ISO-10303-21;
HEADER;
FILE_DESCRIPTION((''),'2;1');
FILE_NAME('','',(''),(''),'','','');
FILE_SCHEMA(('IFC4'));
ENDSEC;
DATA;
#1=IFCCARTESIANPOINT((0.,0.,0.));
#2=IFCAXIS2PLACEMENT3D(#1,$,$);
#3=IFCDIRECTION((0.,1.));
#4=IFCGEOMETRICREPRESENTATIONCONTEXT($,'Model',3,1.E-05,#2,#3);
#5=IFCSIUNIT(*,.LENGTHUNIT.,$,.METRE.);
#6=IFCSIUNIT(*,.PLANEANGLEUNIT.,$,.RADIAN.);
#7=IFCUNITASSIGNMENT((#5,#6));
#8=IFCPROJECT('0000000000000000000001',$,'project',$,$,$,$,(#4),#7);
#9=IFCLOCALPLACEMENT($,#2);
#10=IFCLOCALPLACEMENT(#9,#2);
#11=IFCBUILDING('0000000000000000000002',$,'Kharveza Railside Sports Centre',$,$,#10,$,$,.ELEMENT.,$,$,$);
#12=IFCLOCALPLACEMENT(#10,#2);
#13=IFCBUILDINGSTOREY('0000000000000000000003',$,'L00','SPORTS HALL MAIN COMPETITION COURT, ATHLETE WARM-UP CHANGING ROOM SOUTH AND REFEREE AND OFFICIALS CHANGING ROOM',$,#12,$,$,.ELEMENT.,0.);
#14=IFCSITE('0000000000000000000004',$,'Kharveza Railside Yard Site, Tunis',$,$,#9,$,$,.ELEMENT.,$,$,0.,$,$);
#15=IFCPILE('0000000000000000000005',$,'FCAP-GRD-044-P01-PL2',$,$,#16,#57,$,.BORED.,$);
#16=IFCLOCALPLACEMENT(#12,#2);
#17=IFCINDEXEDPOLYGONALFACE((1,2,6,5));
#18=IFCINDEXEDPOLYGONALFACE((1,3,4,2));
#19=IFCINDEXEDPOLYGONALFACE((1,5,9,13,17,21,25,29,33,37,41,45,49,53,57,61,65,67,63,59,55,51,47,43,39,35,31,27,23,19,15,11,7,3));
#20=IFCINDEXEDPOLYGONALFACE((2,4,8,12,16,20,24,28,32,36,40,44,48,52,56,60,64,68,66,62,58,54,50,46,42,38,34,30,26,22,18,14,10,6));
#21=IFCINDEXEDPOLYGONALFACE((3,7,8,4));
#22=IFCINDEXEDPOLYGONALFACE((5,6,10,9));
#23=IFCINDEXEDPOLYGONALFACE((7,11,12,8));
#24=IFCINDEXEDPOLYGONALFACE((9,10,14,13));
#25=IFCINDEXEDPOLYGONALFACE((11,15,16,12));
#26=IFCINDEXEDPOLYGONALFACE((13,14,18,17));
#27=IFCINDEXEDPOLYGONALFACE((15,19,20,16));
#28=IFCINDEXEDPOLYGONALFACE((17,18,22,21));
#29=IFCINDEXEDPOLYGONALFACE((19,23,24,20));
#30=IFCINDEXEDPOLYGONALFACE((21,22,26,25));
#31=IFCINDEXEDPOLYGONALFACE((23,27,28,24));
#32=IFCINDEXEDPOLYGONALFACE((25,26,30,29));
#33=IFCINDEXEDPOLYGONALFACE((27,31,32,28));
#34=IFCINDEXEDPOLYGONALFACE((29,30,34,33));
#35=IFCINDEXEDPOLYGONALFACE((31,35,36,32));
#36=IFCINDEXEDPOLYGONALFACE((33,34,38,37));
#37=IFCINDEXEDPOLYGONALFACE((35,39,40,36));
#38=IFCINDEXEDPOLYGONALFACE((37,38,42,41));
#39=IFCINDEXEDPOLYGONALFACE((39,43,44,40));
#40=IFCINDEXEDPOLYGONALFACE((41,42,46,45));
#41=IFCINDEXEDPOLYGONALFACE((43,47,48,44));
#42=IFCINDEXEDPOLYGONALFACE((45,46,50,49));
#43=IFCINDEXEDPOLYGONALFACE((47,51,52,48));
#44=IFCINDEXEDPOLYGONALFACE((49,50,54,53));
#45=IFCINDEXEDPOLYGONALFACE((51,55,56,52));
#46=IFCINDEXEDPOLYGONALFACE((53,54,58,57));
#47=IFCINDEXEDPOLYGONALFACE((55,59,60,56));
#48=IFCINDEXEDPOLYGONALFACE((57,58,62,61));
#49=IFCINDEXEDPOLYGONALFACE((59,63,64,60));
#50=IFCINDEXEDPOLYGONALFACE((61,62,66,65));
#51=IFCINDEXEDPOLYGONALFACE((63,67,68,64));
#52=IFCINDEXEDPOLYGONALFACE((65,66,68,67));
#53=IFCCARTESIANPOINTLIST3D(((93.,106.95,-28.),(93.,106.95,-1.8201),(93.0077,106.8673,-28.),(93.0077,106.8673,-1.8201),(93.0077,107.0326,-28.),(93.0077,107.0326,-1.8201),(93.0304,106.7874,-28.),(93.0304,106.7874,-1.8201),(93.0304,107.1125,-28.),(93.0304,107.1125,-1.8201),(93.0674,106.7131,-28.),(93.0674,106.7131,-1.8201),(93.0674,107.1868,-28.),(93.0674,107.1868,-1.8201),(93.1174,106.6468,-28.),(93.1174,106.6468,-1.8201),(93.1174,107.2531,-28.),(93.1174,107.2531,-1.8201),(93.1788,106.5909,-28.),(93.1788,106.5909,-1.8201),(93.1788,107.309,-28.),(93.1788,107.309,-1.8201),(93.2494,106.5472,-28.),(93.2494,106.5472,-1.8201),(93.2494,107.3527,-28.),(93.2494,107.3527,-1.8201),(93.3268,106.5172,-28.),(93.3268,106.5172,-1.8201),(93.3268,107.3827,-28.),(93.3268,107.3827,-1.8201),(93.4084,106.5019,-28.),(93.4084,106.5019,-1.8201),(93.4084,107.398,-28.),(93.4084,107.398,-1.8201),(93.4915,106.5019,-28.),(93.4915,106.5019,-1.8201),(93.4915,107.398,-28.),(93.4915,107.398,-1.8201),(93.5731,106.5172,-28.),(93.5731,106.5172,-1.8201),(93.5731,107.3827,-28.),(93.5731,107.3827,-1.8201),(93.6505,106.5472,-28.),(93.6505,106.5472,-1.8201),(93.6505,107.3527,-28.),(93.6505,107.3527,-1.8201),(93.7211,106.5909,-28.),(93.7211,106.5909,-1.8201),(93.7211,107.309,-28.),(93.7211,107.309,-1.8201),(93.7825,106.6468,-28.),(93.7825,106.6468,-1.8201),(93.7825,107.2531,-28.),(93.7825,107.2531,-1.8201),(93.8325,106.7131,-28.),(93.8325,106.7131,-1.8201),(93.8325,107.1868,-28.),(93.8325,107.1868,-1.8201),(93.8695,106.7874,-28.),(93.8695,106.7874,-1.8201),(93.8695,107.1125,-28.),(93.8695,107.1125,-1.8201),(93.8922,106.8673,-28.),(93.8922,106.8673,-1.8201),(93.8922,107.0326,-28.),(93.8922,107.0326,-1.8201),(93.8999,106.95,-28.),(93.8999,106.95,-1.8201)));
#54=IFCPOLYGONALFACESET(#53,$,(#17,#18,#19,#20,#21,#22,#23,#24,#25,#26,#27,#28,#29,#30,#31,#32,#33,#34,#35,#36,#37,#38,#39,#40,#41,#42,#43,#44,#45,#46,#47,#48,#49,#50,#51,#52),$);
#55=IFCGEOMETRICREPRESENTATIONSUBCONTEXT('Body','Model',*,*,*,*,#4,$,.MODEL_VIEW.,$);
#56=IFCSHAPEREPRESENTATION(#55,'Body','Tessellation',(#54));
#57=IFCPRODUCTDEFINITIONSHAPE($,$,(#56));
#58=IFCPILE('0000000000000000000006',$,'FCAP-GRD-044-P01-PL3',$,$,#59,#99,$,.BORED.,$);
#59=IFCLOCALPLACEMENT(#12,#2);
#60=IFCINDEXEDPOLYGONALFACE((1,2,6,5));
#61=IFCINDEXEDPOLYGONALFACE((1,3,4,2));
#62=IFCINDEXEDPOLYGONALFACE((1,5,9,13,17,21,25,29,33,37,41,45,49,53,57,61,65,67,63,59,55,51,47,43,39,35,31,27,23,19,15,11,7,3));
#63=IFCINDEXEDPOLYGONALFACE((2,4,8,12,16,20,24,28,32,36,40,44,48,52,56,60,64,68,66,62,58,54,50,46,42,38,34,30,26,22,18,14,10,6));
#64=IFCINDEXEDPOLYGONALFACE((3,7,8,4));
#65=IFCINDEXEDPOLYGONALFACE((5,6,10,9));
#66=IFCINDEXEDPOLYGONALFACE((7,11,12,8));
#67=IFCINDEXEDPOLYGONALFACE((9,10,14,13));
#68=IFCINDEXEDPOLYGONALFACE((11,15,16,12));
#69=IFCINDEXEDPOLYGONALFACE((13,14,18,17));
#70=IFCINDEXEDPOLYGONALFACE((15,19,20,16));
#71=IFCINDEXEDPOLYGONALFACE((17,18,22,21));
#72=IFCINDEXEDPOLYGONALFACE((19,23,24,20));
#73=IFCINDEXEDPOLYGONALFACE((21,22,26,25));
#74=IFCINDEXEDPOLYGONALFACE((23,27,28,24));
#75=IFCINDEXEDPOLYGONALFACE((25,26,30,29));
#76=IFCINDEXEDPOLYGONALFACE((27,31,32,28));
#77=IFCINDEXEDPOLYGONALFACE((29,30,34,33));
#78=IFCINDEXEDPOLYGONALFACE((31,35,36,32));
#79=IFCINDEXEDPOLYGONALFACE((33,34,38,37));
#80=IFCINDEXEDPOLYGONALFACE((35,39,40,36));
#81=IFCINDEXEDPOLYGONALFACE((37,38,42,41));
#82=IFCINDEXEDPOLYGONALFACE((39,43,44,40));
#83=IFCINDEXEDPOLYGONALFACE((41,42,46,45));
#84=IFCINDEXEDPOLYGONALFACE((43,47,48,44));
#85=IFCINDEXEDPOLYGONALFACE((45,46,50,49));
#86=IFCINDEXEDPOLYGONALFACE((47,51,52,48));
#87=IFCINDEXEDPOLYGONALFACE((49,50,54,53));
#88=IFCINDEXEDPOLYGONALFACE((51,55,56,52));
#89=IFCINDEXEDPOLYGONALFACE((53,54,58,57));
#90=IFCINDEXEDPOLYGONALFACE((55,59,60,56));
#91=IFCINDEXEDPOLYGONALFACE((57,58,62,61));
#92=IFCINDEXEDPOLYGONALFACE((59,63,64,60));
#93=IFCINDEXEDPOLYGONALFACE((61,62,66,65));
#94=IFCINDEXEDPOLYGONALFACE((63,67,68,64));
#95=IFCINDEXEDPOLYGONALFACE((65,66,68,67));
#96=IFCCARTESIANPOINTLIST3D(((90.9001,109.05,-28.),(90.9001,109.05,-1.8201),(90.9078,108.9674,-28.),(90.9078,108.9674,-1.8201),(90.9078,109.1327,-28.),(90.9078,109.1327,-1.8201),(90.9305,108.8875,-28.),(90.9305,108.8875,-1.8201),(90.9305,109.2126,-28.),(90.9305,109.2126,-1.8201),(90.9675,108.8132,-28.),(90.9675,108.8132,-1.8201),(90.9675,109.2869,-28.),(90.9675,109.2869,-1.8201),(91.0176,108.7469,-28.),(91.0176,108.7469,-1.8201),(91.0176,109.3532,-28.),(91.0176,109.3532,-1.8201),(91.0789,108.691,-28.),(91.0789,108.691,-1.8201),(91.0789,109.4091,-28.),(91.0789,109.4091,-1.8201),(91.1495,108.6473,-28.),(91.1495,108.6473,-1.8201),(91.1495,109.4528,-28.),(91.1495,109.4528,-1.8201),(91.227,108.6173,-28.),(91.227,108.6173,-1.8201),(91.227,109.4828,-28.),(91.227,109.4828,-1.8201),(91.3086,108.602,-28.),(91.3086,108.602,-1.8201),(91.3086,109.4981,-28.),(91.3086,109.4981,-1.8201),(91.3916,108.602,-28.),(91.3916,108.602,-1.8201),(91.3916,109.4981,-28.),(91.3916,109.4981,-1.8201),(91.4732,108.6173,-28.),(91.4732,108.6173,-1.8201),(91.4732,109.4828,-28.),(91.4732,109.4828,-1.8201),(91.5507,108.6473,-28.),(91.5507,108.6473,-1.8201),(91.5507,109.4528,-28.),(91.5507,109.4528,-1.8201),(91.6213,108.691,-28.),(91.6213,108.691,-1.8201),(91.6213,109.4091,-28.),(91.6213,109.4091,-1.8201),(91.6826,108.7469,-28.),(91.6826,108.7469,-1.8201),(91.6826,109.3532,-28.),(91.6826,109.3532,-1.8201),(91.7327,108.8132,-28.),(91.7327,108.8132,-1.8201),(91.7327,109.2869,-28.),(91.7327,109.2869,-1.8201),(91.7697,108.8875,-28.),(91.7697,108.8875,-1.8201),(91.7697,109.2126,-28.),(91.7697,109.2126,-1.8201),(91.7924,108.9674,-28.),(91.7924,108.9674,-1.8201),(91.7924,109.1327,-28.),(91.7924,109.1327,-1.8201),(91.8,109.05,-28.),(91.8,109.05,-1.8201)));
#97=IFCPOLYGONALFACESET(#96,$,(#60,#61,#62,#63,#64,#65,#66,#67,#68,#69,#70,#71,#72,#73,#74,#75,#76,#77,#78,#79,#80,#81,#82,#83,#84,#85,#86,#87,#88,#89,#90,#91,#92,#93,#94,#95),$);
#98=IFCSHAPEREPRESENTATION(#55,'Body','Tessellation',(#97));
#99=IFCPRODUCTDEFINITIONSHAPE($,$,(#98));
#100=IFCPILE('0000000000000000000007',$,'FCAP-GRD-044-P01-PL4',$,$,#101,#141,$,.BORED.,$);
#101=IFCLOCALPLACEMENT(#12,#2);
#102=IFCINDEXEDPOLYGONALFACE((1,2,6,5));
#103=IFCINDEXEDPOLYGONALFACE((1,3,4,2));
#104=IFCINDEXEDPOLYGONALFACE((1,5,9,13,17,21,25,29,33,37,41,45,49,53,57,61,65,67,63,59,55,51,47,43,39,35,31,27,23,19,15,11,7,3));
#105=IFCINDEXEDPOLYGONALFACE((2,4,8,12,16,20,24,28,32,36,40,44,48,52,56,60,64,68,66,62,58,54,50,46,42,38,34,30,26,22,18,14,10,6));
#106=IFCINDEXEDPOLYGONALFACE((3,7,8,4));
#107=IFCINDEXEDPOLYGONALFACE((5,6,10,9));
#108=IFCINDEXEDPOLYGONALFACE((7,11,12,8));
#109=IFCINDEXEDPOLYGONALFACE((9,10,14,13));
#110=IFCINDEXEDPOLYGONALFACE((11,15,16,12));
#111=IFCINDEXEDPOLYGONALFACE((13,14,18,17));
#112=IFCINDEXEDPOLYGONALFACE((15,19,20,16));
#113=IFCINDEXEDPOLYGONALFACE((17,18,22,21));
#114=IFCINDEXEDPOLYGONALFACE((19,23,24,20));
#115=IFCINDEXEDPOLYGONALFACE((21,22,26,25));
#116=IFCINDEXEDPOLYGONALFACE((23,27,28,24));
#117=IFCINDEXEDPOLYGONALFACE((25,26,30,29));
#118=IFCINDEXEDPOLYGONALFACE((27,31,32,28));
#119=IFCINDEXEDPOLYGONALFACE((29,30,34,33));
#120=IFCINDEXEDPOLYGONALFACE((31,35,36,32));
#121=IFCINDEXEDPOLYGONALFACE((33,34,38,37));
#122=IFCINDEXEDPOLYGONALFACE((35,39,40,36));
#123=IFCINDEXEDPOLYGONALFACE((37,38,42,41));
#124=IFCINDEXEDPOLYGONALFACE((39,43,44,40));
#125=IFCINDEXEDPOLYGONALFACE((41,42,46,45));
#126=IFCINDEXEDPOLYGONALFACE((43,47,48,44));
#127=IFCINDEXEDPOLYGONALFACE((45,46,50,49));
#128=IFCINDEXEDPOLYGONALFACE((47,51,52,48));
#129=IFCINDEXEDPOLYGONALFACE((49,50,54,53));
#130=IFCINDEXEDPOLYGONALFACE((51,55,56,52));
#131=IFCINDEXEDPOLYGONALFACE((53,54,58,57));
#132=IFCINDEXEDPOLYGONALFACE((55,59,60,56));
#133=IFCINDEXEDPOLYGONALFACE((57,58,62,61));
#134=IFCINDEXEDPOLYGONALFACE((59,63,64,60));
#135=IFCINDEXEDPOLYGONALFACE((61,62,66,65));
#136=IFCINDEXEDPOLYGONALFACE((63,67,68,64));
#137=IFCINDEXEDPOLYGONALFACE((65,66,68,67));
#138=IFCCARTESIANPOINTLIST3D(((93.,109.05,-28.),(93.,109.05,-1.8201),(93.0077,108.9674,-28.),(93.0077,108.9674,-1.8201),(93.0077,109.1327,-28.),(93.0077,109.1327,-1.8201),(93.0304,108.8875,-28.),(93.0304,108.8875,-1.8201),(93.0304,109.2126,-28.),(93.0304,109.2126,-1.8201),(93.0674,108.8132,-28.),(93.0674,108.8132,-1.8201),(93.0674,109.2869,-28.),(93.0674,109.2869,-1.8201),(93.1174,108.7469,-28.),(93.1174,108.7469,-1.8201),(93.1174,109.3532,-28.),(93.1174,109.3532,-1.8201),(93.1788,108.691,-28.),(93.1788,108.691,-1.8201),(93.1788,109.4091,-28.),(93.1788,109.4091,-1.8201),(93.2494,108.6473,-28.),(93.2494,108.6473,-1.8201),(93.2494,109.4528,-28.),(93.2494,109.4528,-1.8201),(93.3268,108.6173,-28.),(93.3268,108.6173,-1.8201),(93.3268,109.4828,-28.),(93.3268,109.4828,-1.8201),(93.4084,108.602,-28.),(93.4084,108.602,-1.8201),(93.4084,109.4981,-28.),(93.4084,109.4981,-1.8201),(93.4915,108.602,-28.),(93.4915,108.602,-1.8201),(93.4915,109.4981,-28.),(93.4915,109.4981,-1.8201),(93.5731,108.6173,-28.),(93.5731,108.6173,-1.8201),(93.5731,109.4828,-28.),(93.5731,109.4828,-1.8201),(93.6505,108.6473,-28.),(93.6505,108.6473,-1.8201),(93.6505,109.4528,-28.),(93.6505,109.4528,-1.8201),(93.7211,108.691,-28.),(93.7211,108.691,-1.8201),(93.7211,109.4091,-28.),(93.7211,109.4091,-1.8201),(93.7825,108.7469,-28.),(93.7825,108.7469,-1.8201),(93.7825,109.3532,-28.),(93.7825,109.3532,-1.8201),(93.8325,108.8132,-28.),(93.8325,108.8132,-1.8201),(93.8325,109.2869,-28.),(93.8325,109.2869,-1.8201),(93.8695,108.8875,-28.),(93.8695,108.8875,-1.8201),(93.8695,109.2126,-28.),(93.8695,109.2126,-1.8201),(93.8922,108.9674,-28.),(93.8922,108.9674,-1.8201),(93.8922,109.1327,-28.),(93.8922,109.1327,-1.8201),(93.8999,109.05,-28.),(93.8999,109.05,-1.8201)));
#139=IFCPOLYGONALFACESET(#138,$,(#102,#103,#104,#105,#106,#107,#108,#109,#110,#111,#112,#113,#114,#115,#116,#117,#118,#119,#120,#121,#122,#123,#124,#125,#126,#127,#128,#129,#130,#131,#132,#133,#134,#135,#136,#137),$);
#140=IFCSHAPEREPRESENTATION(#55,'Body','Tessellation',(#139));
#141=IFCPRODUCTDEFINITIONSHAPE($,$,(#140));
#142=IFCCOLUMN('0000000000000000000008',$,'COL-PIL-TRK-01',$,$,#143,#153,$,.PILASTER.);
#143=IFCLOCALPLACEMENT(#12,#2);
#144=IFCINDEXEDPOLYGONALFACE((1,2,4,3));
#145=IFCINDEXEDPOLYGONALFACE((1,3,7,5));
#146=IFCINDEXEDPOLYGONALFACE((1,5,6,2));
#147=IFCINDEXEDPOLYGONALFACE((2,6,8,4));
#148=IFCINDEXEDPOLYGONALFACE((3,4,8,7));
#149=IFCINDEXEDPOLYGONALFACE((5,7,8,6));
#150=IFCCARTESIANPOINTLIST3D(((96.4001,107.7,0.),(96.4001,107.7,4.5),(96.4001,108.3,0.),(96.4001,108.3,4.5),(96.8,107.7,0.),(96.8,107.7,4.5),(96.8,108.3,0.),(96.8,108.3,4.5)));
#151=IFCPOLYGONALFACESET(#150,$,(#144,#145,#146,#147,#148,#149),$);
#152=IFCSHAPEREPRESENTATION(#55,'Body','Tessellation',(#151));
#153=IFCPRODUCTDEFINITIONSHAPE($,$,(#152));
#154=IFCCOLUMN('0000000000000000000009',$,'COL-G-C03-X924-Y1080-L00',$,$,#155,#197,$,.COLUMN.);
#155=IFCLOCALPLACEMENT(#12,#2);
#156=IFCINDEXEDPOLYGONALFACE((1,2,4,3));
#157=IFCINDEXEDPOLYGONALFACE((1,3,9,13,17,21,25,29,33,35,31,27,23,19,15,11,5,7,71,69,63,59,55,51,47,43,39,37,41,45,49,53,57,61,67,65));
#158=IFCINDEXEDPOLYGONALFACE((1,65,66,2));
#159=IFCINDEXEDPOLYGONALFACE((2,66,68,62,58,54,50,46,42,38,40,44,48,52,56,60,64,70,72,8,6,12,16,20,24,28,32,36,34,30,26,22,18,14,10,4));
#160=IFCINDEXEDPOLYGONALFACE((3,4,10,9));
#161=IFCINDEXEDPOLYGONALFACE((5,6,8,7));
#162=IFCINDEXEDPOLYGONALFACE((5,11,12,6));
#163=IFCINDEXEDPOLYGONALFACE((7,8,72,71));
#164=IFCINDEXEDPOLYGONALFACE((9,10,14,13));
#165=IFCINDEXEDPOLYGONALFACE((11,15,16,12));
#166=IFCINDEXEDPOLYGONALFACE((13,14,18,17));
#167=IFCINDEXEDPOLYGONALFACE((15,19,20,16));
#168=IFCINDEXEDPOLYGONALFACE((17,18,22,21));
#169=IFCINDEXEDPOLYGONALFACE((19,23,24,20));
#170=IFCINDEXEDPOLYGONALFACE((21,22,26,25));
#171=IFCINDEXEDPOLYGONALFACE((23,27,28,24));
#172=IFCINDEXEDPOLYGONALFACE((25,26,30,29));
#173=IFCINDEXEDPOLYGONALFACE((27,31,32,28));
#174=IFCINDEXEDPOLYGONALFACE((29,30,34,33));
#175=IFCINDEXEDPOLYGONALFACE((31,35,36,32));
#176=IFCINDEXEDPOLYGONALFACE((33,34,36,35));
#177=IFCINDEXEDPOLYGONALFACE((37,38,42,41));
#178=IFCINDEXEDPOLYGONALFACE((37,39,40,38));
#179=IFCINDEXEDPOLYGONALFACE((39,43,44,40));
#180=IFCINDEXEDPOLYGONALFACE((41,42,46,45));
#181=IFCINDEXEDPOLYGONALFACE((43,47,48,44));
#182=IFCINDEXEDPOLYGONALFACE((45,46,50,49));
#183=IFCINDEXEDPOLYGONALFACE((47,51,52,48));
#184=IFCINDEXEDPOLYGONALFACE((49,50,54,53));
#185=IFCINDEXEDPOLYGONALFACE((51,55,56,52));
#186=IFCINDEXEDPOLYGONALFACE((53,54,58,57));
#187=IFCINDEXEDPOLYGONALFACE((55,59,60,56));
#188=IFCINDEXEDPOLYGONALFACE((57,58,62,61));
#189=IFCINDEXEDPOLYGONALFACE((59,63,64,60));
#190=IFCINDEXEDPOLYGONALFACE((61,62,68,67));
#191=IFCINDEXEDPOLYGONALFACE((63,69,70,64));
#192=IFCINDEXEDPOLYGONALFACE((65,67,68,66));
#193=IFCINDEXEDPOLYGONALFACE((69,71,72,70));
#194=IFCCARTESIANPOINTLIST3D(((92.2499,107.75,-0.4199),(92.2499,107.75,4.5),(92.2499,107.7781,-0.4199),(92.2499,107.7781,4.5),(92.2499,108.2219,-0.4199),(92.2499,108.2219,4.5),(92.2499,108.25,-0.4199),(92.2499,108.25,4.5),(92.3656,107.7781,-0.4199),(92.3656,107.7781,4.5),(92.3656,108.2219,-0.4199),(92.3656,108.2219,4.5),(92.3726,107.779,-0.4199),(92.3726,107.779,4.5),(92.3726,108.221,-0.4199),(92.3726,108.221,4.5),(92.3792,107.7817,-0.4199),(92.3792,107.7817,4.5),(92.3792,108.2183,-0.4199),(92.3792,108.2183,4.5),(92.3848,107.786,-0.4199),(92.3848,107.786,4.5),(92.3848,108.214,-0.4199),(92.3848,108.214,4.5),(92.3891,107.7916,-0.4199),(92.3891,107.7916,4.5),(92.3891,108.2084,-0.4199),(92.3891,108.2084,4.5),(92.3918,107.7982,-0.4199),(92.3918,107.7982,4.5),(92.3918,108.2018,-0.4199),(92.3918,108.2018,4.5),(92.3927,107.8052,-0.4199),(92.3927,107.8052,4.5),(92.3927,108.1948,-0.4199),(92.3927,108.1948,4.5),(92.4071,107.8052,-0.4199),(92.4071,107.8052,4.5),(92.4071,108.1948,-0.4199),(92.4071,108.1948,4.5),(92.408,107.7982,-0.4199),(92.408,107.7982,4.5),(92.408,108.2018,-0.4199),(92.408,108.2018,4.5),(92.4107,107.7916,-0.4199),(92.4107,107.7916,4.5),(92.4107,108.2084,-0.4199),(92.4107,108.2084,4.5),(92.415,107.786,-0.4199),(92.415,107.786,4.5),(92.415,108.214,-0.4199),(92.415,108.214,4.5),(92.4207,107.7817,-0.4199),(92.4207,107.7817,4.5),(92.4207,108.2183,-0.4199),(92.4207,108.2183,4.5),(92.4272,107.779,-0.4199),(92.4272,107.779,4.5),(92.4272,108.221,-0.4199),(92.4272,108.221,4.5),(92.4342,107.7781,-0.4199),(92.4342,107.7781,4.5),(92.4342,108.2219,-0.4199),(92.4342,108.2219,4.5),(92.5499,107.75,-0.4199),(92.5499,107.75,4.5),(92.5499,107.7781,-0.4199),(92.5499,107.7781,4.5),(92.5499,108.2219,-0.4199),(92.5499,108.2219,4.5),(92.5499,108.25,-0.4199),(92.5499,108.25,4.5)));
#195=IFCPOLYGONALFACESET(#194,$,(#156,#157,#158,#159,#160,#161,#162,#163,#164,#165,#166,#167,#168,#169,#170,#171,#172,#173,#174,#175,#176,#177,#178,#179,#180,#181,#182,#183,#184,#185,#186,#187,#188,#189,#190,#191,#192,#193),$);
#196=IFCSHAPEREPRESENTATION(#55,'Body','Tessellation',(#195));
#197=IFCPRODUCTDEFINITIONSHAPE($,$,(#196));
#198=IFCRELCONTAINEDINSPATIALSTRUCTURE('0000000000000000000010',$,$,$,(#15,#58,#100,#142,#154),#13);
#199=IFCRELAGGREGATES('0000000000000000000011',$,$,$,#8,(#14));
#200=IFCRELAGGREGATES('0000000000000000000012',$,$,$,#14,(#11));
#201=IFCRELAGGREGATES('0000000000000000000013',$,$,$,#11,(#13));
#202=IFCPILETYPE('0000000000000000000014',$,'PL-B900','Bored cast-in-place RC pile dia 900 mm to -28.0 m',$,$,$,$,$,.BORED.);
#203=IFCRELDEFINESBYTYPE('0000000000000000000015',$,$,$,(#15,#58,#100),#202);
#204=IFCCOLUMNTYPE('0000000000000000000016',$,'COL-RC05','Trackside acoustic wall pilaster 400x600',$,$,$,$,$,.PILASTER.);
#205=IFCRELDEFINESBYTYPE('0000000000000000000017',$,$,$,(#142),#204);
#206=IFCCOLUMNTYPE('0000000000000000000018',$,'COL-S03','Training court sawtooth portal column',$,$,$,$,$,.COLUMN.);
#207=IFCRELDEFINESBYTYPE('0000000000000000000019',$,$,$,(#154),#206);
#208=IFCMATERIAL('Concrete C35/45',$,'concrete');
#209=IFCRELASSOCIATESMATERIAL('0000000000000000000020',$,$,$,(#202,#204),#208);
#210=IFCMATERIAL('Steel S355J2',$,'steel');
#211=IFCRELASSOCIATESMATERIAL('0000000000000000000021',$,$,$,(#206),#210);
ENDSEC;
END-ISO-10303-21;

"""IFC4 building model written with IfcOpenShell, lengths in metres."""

from ifc_helpers import new_model, si_unit, direction, frame, origin, origin_2d, place, context, subcontext, project, spatial, rectangle, circle, i_section, extrude, material, material_profile, profile_set, type_object, element, save


model = new_model("IFC4")

# Units and contexts
model_context = context("Model", 3, precision=1e-05, world=origin(), true_north=direction((0.0, 1.0)))
body_context = subcontext(model_context, "Body", "Model", "MODEL_VIEW")
ifc_project = project(units=[si_unit("LENGTHUNIT", "METRE"), si_unit("PLANEANGLEUNIT", "RADIAN")], contexts=[model_context])

# Site, building, storey
site_placement = place(None, origin())
site = spatial("IfcSite", under=ifc_project, at=site_placement, Name="Kharveza Railside Yard Site, Tunis", CompositionType="ELEMENT", RefElevation=0.0)
building_placement = place(site_placement, origin())
building = spatial("IfcBuilding", under=site, at=building_placement, Name="Kharveza Railside Sports Centre", CompositionType="ELEMENT")
storey_placement = place(building_placement, origin())
storey = spatial("IfcBuildingStorey", under=building, at=storey_placement, Name="L00", Description="SPORTS HALL MAIN COMPETITION COURT, ATHLETE WARM-UP CHANGING ROOM SOUTH AND REFEREE AND OFFICIALS CHANGING ROOM", CompositionType="ELEMENT", Elevation=0.0)

# Shared definitions
ifc_material_1 = material(Name="Concrete C35/45", Category="concrete")

# Piles
ifc_material_profile_1 = material_profile(ifc_material_1, circle(Radius=0.45, at=origin_2d()), Name="PILE D900")
ifc_profile_set_1 = profile_set([ifc_material_profile_1], Name="Concrete C35/45")
pile_type = type_object("IfcPileType", Name="PL-B900", Description="Bored cast-in-place RC pile dia 900 mm to -28.0 m", PredefinedType="BORED", material=ifc_profile_set_1)
for number, where, z_axis, x_axis, name in (
    (1, (93.45, 106.95, -1.8201), (0.0, 0.0, -1.0), (1.0, 0.0, 0.0), "FCAP-GRD-044-P01-PL2"),
    (2, (91.3501, 109.05, -1.8201), (0.0, 0.0, -1.0), (1.0, 0.0, 0.0), "FCAP-GRD-044-P01-PL3"),
    (3, (93.45, 109.05, -1.8201), (0.0, 0.0, -1.0), (1.0, 0.0, 0.0), "FCAP-GRD-044-P01-PL4"),
):
    element("IfcPile", number, at=place(storey_placement, frame(where, z_axis=z_axis, x_axis=x_axis)), inside=storey, type_object=pile_type, Name=name, PredefinedType="BORED", context=body_context, shape_type="SweptSolid", body=[
        extrude(circle(Radius=0.45, at=origin_2d()), origin(), (0.0, 0.0, 1.0), 26.1799),
    ])

# Columns
ifc_material_profile_2 = material_profile(ifc_material_1, rectangle(XDim=0.3999, YDim=0.6001, at=origin_2d()), Name="RC 400x600")
ifc_profile_set_2 = profile_set([ifc_material_profile_2], Name="Concrete C35/45")
column_type_1 = type_object("IfcColumnType", Name="COL-RC05", Description="Trackside acoustic wall pilaster 400x600", PredefinedType="PILASTER", material=ifc_profile_set_2)
column_1_placement = place(storey_placement, frame((96.6001, 108.0, 0.0), z_axis=(0.0, 0.0, 1.0), x_axis=(1.0, 0.0, 0.0)))
element("IfcColumn", 4, at=column_1_placement, inside=storey, type_object=column_type_1, Name="COL-PIL-TRK-01", PredefinedType="PILASTER", context=body_context, shape_type="SweptSolid", body=[
    extrude(rectangle(XDim=0.3999, YDim=0.6001, at=origin_2d()), origin(), (0.0, 0.0, 1.0), 4.5),
])
ifc_material_2 = material(Name="Steel S355J2", Category="steel")
ifc_material_profile_3 = material_profile(ifc_material_2, i_section(OverallWidth=0.3, OverallDepth=0.5, WebThickness=0.0144, FlangeThickness=0.0281, FilletRadius=0.0271, at=origin_2d()), Name="HEB 500")
ifc_profile_set_3 = profile_set([ifc_material_profile_3], Name="Steel S355J2")
column_type_2 = type_object("IfcColumnType", Name="COL-S03", Description="Training court sawtooth portal column", PredefinedType="COLUMN", material=ifc_profile_set_3)
column_2_placement = place(storey_placement, frame((92.3999, 108.0, -0.4199), z_axis=(0.0, 0.0, 1.0), x_axis=(1.0, 0.0, 0.0)))
element("IfcColumn", 5, at=column_2_placement, inside=storey, type_object=column_type_2, Name="COL-G-C03-X924-Y1080-L00", PredefinedType="COLUMN", context=body_context, shape_type="SweptSolid", body=[
    extrude(i_section(OverallWidth=0.3, OverallDepth=0.5, WebThickness=0.0144, FlangeThickness=0.0281, FilletRadius=0.0271, at=origin_2d()), origin(), (0.0, 0.0, 1.0), 4.9199),
])

save(model, "model.ifc")
